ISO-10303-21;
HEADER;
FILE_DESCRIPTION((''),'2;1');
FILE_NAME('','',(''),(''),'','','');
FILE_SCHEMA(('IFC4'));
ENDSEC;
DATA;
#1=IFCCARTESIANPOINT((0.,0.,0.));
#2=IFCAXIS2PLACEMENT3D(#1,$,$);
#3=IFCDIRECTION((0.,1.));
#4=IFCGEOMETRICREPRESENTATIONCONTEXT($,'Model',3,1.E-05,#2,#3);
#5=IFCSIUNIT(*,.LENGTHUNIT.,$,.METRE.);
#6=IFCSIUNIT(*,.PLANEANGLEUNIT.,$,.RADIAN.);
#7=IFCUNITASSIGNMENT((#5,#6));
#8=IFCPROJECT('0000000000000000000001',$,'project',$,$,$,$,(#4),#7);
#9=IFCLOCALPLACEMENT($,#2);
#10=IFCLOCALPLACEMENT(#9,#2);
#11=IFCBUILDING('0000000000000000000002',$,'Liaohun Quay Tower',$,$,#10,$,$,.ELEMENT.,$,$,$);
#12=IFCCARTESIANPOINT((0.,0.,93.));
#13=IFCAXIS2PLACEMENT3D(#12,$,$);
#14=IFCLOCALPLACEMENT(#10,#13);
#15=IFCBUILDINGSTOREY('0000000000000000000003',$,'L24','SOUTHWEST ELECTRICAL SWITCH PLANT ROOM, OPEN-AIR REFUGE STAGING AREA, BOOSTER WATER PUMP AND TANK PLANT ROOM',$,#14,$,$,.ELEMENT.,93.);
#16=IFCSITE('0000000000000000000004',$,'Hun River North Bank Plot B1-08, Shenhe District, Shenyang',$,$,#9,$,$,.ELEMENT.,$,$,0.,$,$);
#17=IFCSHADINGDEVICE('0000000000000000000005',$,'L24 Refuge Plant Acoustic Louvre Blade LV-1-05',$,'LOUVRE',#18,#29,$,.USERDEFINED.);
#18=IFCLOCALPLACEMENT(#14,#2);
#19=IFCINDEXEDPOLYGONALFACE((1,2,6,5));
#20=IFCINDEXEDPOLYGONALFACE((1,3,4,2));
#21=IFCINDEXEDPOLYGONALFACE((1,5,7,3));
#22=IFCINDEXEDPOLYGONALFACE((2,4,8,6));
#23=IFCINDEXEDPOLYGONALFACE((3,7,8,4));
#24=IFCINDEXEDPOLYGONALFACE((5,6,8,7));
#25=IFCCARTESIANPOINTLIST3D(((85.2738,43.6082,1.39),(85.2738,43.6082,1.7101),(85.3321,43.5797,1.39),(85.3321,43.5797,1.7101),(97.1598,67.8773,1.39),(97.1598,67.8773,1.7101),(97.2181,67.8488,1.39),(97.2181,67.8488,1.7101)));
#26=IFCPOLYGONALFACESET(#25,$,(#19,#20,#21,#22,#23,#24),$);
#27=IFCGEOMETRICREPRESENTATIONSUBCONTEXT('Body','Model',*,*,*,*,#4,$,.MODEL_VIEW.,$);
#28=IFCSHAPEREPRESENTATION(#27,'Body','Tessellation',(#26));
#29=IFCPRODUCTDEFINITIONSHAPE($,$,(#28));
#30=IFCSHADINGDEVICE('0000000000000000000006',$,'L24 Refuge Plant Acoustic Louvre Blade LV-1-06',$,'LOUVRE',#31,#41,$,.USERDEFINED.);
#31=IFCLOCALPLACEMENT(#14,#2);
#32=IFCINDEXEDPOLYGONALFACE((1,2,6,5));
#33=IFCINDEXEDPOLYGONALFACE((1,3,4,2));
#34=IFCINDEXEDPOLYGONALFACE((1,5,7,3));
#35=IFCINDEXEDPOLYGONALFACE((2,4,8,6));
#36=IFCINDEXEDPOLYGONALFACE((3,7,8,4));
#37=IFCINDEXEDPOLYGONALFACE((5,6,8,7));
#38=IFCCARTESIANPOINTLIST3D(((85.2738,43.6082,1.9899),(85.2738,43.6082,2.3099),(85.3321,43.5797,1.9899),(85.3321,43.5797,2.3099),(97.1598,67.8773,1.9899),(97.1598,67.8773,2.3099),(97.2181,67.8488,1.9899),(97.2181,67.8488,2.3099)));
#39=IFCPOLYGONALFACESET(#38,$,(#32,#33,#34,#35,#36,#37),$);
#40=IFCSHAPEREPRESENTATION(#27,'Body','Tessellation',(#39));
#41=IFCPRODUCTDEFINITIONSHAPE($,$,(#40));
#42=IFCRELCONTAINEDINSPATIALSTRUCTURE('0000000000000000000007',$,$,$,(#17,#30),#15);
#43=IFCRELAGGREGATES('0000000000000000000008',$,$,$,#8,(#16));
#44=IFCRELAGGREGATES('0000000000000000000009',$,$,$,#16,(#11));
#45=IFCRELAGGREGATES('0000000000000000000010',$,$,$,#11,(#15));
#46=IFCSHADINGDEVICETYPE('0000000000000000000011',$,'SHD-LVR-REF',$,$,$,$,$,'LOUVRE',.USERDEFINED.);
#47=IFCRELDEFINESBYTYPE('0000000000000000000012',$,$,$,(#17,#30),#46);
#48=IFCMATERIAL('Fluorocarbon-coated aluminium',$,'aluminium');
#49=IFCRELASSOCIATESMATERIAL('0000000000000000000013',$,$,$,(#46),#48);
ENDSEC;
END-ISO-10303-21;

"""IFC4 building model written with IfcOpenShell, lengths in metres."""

from ifc_helpers import new_model, si_unit, direction, frame, origin, origin_2d, place, context, subcontext, project, spatial, rectangle, extrude, source, transform, mapped, material, material_profile, profile_set, type_object, element, save


model = new_model("IFC4")

# Units and contexts
model_context = context("Model", 3, precision=1e-05, world=origin(), true_north=direction((0.0, 1.0)))
body_context = subcontext(model_context, "Body", "Model", "MODEL_VIEW")
ifc_project = project(units=[si_unit("LENGTHUNIT", "METRE"), si_unit("PLANEANGLEUNIT", "RADIAN")], contexts=[model_context])

# Site, building, storey
site_placement = place(None, origin())
site = spatial("IfcSite", under=ifc_project, at=site_placement, Name="Hun River North Bank Plot B1-08, Shenhe District, Shenyang", CompositionType="ELEMENT", RefElevation=0.0)
building_placement = place(site_placement, origin())
building = spatial("IfcBuilding", under=site, at=building_placement, Name="Liaohun Quay Tower", CompositionType="ELEMENT")
storey_placement = place(building_placement, frame((0.0, 0.0, 93.0)))
storey = spatial("IfcBuildingStorey", under=building, at=storey_placement, Name="L24", Description="SOUTHWEST ELECTRICAL SWITCH PLANT ROOM, OPEN-AIR REFUGE STAGING AREA, BOOSTER WATER PUMP AND TANK PLANT ROOM", CompositionType="ELEMENT", Elevation=93.0)

# Shading devices
ifc_material_1 = material(Name="Fluorocarbon-coated aluminium", Category="aluminium")
ifc_material_profile_1 = material_profile(ifc_material_1, rectangle(XDim=0.0649, YDim=0.3201, at=origin_2d()), Name="ALU-LVR-320x65")
ifc_profile_set_1 = profile_set([ifc_material_profile_1], Name="Fluorocarbon-coated aluminium")
shading_device_type = type_object("IfcShadingDeviceType", Name="SHD-LVR-REF", ElementType="LOUVRE", PredefinedType="USERDEFINED", material=ifc_profile_set_1)
shared_shape_1 = source(origin(), body_context, "Body", "SweptSolid", [
    extrude(rectangle(XDim=0.0649, YDim=0.3201, at=origin_2d()), origin(), (0.0, 0.0, 1.0), 27.0234),
])
for number, where, z_axis, x_axis, name in (
    (1, (97.189, 67.863, 1.55), (-0.439841, -0.898076, 0.0), (0.898076, -0.439841, 0.0), "L24 Refuge Plant Acoustic Louvre Blade LV-1-05"),
    (2, (97.189, 67.863, 2.1499), (-0.439841, -0.898076, 0.0), (0.898076, -0.439841, 0.0), "L24 Refuge Plant Acoustic Louvre Blade LV-1-06"),
):
    element("IfcShadingDevice", number, at=place(storey_placement, frame(where, z_axis=z_axis, x_axis=x_axis)), inside=storey, type_object=shading_device_type, Name=name, ObjectType="LOUVRE", PredefinedType="USERDEFINED", context=body_context, shape_type="MappedRepresentation", body=[
        mapped(shared_shape_1, transform((0.0, 0.0, 0.0), x_axis=(1.0, 0.0, 0.0), y_axis=(0.0, 1.0, 0.0), z_axis=(0.0, 0.0, 1.0), scale=1.0)),
    ])

save(model, "model.ifc")
